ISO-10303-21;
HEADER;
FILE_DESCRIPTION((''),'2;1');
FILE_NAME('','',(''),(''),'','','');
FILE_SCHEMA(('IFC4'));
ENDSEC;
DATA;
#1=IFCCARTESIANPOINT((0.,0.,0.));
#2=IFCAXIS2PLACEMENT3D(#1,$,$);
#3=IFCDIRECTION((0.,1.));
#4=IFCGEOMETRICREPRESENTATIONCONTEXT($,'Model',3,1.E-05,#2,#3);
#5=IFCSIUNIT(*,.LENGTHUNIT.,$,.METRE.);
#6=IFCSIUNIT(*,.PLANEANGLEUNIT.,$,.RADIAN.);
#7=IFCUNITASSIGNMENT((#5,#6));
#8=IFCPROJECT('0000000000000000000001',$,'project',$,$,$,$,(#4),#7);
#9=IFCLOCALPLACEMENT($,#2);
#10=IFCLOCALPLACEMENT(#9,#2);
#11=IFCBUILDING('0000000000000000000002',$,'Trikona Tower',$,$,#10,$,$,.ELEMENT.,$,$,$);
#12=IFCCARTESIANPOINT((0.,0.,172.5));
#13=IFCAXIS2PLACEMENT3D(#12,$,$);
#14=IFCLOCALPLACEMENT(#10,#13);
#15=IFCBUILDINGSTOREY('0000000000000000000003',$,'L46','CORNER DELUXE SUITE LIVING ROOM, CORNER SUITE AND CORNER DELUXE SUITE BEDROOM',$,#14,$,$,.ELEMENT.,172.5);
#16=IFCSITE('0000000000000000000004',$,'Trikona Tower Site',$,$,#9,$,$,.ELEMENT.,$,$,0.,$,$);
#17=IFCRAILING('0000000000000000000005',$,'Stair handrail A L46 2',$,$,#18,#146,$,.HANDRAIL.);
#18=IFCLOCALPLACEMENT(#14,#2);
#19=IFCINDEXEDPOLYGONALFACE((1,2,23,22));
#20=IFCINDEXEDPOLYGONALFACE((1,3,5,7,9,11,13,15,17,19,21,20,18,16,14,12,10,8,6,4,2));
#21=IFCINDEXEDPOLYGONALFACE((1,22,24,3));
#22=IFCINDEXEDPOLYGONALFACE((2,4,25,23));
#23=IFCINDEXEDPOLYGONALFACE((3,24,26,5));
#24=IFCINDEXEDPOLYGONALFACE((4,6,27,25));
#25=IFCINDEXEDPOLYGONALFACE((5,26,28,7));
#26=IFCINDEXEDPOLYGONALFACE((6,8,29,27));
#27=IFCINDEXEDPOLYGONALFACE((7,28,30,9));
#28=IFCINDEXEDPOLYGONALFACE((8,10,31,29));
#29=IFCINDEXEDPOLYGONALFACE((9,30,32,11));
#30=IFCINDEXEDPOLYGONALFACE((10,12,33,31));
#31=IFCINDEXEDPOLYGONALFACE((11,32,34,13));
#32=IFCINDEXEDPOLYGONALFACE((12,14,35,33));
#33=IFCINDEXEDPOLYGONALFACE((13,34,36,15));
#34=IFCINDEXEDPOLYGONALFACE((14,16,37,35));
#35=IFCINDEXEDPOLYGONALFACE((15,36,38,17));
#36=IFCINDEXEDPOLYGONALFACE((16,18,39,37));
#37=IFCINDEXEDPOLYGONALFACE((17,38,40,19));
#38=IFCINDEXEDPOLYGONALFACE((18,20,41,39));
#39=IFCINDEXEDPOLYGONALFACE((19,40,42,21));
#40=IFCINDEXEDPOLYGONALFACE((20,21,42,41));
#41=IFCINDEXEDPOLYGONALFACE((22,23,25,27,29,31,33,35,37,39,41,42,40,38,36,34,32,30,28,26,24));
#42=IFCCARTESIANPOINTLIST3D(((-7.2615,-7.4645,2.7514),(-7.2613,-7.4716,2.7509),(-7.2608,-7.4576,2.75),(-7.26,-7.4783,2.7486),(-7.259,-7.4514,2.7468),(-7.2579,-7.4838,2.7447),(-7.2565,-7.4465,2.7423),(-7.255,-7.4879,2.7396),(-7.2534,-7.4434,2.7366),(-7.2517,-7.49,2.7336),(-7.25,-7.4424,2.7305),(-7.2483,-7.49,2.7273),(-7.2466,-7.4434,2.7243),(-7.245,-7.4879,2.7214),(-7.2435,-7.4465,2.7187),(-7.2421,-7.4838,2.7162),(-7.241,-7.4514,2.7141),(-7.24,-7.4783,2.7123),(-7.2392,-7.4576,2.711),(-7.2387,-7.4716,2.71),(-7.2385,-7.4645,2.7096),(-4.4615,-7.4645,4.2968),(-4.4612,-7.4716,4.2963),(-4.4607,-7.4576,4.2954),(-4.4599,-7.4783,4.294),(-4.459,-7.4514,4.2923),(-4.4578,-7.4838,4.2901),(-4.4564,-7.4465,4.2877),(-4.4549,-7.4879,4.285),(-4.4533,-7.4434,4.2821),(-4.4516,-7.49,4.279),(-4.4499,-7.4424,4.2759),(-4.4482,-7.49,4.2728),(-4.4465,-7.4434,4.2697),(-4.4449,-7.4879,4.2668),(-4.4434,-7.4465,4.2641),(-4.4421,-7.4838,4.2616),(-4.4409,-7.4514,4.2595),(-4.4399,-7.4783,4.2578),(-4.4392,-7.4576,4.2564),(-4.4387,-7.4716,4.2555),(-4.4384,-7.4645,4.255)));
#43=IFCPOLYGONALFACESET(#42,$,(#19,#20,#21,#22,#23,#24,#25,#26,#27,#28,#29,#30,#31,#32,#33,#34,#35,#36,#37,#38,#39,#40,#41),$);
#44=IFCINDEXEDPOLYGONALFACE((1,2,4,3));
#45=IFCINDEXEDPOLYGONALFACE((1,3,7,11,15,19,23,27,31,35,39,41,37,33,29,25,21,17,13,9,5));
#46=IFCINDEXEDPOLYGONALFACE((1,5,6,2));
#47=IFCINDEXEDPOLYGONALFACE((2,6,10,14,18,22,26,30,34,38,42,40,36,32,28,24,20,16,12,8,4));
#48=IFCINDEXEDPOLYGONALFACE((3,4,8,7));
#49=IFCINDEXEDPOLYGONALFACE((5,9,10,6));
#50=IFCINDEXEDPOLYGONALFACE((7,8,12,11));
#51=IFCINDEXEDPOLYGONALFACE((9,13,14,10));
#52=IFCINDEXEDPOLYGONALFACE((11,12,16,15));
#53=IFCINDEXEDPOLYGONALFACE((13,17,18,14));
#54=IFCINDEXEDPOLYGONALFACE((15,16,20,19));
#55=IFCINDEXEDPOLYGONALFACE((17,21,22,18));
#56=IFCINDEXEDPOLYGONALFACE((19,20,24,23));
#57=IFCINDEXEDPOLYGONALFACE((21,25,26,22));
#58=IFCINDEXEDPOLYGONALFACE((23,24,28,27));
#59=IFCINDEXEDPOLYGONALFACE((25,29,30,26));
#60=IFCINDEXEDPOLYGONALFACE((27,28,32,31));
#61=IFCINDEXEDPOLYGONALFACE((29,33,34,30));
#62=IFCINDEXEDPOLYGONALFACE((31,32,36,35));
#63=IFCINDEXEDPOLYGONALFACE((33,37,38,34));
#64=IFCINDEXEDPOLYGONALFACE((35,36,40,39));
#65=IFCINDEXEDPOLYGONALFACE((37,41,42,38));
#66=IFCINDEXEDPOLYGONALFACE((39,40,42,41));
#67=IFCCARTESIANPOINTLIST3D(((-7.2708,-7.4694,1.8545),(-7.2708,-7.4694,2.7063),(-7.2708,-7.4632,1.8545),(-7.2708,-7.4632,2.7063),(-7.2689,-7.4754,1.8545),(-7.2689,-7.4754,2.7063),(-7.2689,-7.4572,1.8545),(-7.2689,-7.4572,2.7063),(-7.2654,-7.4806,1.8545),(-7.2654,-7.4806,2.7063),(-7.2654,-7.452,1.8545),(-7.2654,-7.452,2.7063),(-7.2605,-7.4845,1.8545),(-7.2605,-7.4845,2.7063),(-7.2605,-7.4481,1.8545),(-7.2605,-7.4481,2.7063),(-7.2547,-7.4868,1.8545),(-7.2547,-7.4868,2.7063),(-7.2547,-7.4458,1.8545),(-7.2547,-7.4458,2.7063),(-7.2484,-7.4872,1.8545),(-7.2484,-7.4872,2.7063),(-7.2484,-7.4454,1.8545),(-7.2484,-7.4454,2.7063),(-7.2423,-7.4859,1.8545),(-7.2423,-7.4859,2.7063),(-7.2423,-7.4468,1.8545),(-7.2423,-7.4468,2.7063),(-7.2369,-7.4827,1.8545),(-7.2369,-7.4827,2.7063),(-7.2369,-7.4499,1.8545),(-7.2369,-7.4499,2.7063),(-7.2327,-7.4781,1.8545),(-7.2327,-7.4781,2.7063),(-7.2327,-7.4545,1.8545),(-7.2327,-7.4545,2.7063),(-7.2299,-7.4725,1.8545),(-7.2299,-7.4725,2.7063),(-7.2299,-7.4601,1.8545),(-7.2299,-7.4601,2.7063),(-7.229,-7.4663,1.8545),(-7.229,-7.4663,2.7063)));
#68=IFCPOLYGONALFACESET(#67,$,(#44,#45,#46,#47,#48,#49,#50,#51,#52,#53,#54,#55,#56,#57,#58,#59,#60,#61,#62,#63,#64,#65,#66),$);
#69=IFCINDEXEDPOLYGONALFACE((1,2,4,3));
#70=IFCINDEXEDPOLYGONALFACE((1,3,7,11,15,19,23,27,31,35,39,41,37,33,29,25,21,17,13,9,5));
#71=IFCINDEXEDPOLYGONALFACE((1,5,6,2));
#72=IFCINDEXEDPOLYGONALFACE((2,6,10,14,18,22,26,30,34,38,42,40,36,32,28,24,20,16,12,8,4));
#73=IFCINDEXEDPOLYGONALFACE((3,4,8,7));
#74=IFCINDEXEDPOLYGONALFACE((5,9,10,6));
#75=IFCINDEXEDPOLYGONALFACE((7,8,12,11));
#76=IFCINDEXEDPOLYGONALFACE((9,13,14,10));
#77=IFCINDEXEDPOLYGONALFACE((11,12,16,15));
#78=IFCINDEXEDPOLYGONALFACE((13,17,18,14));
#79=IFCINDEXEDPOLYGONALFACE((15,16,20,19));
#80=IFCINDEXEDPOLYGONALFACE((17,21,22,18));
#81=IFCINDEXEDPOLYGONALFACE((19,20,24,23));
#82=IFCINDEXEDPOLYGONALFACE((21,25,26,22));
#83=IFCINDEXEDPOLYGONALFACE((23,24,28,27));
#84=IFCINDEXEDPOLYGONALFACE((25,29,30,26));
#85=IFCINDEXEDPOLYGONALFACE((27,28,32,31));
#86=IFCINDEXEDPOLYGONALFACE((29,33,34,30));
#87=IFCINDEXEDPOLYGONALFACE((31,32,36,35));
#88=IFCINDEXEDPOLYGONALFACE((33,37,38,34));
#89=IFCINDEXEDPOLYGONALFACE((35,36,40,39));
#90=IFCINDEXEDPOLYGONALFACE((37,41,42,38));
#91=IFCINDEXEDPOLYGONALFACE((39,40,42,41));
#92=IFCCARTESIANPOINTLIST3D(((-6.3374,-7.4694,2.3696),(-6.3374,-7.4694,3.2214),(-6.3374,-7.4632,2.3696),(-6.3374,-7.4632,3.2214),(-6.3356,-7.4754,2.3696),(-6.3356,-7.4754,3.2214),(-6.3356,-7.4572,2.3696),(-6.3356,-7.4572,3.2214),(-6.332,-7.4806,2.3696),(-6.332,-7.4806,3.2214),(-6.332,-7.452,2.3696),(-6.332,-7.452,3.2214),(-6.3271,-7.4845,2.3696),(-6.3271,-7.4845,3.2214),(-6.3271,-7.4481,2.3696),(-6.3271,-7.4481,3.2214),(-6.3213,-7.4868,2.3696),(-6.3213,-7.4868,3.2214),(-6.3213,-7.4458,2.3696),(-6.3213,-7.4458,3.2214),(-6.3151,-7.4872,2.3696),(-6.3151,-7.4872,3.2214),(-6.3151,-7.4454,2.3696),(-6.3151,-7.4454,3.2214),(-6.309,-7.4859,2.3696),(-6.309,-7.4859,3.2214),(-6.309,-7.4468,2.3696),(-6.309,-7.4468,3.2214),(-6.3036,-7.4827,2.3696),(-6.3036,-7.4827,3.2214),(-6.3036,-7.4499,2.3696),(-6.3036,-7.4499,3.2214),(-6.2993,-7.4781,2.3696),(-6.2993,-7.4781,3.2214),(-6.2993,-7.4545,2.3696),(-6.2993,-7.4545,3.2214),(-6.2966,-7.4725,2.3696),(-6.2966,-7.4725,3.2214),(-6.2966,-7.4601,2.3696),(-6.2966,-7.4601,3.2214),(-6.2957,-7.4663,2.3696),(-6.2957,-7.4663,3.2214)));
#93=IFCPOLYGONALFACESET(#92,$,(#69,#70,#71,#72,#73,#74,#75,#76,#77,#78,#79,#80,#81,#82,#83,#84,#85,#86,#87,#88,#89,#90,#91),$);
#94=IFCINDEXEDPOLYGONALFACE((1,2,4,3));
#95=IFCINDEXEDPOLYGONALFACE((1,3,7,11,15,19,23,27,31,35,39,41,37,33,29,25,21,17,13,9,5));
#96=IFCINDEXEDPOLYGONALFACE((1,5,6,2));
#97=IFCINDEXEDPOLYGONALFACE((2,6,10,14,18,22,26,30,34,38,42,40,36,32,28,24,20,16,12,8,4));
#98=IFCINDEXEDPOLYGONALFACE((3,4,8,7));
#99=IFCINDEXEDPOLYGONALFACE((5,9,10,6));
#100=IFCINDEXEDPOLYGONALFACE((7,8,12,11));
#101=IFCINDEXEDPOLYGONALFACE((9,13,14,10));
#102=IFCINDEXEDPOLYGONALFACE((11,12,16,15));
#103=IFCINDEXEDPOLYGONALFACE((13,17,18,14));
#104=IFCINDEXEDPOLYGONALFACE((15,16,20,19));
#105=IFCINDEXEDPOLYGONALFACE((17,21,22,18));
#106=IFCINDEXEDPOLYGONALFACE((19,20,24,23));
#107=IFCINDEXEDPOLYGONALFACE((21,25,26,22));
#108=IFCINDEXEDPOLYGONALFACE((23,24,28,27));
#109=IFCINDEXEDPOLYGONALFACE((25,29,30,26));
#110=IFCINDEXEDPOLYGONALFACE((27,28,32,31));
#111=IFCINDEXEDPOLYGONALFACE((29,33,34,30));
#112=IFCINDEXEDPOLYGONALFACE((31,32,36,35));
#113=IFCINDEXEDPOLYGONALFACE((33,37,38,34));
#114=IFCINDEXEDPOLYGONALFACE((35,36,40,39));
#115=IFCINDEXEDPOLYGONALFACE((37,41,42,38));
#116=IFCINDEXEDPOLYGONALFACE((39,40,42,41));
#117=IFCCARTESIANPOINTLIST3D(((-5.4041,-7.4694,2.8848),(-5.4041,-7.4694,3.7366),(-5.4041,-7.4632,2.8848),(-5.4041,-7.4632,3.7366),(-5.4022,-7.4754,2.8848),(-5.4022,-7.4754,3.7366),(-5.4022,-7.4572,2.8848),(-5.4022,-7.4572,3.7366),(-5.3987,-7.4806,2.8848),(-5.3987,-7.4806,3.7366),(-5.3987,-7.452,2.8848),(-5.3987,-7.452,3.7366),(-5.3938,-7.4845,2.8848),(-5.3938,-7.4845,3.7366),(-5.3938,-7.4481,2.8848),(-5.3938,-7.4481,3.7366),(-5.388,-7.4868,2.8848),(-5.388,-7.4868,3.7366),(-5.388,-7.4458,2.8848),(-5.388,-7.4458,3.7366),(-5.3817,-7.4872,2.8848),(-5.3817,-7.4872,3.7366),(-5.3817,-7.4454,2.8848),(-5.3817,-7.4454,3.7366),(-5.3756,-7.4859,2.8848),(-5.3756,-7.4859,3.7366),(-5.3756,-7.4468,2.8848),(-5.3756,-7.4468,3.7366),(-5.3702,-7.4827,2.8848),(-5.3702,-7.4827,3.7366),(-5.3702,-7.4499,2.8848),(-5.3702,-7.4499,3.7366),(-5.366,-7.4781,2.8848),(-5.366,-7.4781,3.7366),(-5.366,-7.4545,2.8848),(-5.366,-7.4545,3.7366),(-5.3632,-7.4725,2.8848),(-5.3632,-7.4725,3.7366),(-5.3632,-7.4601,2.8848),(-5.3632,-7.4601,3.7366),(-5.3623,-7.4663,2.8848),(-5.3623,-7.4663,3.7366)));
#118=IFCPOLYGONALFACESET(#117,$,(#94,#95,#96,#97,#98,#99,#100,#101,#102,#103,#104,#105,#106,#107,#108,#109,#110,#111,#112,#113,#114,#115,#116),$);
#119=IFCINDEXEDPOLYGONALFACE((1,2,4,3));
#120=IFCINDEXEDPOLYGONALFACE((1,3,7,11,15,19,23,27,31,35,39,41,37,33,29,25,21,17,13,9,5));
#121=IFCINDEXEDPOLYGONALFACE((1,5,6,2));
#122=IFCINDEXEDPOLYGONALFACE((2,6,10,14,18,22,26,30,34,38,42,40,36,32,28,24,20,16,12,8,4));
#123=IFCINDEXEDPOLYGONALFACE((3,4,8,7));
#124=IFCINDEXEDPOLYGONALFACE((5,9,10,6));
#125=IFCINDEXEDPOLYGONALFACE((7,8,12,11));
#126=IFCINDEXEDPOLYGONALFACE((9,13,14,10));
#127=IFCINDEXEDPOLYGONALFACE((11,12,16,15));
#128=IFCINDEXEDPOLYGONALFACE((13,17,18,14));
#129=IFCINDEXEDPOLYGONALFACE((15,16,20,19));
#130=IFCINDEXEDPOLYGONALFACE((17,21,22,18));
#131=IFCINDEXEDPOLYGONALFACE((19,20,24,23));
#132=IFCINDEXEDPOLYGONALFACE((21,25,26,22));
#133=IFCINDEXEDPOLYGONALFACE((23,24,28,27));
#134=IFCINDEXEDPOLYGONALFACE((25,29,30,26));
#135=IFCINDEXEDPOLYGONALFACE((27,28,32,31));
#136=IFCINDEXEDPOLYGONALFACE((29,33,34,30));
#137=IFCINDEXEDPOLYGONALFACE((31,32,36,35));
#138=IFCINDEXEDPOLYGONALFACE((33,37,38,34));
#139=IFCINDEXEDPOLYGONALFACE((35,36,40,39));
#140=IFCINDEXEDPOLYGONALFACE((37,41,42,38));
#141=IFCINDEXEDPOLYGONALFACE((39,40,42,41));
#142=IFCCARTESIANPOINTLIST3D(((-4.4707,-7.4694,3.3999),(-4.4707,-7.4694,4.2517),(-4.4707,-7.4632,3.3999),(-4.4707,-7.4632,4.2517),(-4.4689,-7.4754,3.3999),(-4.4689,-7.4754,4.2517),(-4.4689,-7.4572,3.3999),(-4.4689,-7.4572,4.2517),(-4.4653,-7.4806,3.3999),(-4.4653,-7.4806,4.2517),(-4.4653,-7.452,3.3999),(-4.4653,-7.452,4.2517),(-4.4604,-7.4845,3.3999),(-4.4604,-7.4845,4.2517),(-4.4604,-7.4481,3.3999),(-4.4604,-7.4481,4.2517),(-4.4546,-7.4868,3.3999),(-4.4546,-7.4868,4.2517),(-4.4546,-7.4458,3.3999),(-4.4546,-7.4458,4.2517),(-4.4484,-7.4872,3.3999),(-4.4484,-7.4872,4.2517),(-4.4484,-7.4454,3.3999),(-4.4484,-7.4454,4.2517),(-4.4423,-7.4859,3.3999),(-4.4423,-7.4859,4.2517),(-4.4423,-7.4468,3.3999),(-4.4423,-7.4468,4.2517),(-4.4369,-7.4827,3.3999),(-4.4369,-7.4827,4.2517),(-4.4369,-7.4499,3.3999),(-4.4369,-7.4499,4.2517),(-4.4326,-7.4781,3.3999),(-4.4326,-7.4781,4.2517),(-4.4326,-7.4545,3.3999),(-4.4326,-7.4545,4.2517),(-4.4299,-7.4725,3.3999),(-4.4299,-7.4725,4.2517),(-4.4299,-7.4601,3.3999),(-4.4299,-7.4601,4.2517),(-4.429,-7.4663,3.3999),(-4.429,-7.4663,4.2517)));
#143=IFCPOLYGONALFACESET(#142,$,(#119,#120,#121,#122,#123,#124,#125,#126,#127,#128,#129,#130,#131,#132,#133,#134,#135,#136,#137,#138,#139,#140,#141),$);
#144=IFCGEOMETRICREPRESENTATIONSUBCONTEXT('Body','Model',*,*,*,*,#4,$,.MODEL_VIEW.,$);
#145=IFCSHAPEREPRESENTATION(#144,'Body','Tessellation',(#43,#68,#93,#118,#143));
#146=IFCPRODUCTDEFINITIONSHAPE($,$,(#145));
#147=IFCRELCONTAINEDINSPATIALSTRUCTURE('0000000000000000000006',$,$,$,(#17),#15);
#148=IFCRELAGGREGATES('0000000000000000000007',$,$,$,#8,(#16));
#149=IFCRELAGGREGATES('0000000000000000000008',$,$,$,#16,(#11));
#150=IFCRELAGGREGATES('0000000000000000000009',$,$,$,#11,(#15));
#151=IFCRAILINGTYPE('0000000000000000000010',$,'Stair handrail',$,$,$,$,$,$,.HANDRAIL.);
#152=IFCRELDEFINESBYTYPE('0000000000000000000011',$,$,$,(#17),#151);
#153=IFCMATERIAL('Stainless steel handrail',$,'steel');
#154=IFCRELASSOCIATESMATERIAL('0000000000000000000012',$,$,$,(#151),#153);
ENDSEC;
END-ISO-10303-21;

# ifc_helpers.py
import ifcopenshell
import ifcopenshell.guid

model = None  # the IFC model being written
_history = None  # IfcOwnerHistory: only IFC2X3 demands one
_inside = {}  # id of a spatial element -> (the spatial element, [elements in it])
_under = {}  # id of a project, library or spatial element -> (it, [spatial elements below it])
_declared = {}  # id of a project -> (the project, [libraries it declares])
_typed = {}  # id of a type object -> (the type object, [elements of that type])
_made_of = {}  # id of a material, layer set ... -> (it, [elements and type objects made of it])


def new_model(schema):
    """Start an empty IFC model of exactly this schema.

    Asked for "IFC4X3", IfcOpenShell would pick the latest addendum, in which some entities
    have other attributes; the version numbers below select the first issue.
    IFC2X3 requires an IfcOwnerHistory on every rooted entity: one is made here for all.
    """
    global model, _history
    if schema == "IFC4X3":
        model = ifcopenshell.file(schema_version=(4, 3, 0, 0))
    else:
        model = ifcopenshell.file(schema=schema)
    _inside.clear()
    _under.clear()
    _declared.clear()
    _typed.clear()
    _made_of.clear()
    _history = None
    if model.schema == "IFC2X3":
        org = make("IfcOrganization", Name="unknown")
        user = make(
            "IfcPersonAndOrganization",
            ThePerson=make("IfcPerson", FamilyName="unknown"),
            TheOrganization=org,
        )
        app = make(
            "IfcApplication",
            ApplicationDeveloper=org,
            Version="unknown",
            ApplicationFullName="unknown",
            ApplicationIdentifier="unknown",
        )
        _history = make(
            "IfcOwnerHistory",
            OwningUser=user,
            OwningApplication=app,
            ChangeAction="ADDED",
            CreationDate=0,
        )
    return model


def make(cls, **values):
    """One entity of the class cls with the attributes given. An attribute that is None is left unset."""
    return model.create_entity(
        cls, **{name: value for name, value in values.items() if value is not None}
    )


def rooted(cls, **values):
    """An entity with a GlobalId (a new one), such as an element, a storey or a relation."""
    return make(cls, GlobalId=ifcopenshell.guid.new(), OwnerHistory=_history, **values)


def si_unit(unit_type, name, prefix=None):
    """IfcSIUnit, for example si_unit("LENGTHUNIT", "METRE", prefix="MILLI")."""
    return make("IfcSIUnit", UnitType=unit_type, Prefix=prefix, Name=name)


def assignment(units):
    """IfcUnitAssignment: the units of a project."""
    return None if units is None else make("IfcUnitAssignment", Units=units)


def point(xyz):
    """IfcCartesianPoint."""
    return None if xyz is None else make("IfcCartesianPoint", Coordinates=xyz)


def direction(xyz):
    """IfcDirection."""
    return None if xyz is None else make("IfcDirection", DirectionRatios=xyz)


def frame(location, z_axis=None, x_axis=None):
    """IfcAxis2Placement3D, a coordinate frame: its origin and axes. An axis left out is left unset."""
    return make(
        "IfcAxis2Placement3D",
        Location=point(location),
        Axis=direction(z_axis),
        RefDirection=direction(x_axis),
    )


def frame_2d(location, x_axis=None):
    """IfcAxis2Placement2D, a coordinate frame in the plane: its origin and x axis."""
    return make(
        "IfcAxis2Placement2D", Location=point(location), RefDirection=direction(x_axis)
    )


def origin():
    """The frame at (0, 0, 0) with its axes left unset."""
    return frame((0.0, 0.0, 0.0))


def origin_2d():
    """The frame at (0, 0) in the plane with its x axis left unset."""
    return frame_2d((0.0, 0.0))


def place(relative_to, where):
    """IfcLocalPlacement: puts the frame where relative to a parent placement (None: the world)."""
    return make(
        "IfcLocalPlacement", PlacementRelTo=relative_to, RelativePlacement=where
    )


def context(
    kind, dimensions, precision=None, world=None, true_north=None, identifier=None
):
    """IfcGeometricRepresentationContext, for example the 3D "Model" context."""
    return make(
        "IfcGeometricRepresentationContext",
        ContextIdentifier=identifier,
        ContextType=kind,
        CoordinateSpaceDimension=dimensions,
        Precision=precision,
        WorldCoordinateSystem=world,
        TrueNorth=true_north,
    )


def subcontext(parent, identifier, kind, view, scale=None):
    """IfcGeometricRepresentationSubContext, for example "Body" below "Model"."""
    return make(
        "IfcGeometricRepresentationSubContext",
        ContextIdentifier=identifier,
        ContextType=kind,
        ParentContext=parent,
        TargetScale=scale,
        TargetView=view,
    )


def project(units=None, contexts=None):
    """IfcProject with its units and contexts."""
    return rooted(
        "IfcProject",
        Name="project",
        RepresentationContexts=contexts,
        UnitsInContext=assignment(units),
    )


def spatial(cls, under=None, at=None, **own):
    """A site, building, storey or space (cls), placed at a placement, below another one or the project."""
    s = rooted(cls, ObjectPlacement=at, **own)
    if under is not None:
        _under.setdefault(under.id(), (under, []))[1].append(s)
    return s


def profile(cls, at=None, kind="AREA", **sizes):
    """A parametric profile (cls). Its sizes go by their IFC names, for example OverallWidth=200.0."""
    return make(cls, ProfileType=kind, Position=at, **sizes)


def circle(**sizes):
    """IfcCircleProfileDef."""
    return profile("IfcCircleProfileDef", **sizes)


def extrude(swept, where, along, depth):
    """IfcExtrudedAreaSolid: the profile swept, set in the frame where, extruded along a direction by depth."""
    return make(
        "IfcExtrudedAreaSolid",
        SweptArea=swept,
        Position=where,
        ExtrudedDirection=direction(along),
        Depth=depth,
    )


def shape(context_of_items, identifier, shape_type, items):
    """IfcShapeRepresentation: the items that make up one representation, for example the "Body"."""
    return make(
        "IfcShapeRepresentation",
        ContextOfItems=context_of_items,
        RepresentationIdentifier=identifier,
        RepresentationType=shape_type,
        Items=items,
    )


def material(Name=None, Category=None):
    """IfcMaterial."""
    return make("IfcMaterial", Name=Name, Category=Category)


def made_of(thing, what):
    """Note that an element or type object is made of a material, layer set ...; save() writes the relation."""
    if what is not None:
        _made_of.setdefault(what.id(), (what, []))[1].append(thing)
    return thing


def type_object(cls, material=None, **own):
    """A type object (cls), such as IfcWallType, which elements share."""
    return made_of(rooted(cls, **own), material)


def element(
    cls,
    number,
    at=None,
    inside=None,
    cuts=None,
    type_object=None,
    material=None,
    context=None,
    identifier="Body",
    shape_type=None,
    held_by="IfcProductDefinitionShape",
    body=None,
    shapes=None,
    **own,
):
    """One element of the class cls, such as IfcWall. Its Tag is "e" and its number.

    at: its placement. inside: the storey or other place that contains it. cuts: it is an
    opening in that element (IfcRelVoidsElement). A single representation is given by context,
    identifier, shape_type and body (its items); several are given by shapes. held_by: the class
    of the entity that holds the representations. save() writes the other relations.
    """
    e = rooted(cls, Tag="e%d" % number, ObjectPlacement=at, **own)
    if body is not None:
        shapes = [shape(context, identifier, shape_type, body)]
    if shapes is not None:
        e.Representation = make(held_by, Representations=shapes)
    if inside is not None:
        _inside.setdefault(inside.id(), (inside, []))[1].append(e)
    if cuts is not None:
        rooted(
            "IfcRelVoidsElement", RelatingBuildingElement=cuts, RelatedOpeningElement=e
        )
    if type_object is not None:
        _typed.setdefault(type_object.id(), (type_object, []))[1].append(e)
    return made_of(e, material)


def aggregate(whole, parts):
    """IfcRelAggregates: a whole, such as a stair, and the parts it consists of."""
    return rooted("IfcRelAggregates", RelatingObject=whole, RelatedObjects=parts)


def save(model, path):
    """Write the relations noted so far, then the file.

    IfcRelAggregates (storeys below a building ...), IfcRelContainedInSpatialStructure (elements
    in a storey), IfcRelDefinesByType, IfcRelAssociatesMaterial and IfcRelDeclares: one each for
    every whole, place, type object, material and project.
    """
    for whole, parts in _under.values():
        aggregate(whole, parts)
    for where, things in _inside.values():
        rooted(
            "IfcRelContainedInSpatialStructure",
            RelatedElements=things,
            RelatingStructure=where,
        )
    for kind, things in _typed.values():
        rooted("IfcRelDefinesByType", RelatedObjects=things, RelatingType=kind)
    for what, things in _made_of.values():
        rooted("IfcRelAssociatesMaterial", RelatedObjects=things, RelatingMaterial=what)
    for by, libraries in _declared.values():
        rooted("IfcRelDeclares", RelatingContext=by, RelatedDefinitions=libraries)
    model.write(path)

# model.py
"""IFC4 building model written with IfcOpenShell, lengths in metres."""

from ifc_helpers import new_model, si_unit, direction, frame, origin, origin_2d, place, context, subcontext, project, spatial, circle, extrude, material, type_object, element, save


model = new_model("IFC4")

# Units and contexts
model_context = context("Model", 3, precision=1e-05, world=origin(), true_north=direction((0.0, 1.0)))
body_context = subcontext(model_context, "Body", "Model", "MODEL_VIEW")
ifc_project = project(units=[si_unit("LENGTHUNIT", "METRE"), si_unit("PLANEANGLEUNIT", "RADIAN")], contexts=[model_context])

# Site, building, storey
site_placement = place(None, origin())
site = spatial("IfcSite", under=ifc_project, at=site_placement, Name="Trikona Tower Site", CompositionType="ELEMENT", RefElevation=0.0)
building_placement = place(site_placement, origin())
building = spatial("IfcBuilding", under=site, at=building_placement, Name="Trikona Tower", CompositionType="ELEMENT")
storey_placement = place(building_placement, frame((0.0, 0.0, 172.5)))
storey = spatial("IfcBuildingStorey", under=building, at=storey_placement, Name="L46", Description="CORNER DELUXE SUITE LIVING ROOM, CORNER SUITE AND CORNER DELUXE SUITE BEDROOM", CompositionType="ELEMENT", Elevation=172.5)

# Railing
ifc_material_1 = material(Name="Stainless steel handrail", Category="steel")
railing_type = type_object("IfcRailingType", Name="Stair handrail", PredefinedType="HANDRAIL", material=ifc_material_1)
railing_1_placement = place(storey_placement, frame((-7.25, -7.4663, 1.8545)))
element("IfcRailing", 1, at=railing_1_placement, inside=storey, type_object=railing_type, Name="Stair handrail A L46 2", PredefinedType="HANDRAIL", context=body_context, shape_type="SweptSolid", body=[
    extrude(circle(Radius=0.0239, at=origin_2d()), frame((0.0, 0.0, 0.876), z_axis=(0.875504, 0.0, 0.483211), x_axis=(0.0, 1.0, 0.0)), (0.0, 0.0, 1.0), 3.1982),
    extrude(circle(Radius=0.021, at=origin_2d()), origin(), (0.0, 0.0, 1.0), 0.8518),
    extrude(circle(Radius=0.021, at=origin_2d()), frame((0.9333, 0.0, 0.5151)), (0.0, 0.0, 1.0), 0.8518),
    extrude(circle(Radius=0.021, at=origin_2d()), frame((1.8667, 0.0, 1.0303)), (0.0, 0.0, 1.0), 0.8518),
    extrude(circle(Radius=0.021, at=origin_2d()), frame((2.8, 0.0, 1.5454)), (0.0, 0.0, 1.0), 0.8518),
])

save(model, "model.ifc")
